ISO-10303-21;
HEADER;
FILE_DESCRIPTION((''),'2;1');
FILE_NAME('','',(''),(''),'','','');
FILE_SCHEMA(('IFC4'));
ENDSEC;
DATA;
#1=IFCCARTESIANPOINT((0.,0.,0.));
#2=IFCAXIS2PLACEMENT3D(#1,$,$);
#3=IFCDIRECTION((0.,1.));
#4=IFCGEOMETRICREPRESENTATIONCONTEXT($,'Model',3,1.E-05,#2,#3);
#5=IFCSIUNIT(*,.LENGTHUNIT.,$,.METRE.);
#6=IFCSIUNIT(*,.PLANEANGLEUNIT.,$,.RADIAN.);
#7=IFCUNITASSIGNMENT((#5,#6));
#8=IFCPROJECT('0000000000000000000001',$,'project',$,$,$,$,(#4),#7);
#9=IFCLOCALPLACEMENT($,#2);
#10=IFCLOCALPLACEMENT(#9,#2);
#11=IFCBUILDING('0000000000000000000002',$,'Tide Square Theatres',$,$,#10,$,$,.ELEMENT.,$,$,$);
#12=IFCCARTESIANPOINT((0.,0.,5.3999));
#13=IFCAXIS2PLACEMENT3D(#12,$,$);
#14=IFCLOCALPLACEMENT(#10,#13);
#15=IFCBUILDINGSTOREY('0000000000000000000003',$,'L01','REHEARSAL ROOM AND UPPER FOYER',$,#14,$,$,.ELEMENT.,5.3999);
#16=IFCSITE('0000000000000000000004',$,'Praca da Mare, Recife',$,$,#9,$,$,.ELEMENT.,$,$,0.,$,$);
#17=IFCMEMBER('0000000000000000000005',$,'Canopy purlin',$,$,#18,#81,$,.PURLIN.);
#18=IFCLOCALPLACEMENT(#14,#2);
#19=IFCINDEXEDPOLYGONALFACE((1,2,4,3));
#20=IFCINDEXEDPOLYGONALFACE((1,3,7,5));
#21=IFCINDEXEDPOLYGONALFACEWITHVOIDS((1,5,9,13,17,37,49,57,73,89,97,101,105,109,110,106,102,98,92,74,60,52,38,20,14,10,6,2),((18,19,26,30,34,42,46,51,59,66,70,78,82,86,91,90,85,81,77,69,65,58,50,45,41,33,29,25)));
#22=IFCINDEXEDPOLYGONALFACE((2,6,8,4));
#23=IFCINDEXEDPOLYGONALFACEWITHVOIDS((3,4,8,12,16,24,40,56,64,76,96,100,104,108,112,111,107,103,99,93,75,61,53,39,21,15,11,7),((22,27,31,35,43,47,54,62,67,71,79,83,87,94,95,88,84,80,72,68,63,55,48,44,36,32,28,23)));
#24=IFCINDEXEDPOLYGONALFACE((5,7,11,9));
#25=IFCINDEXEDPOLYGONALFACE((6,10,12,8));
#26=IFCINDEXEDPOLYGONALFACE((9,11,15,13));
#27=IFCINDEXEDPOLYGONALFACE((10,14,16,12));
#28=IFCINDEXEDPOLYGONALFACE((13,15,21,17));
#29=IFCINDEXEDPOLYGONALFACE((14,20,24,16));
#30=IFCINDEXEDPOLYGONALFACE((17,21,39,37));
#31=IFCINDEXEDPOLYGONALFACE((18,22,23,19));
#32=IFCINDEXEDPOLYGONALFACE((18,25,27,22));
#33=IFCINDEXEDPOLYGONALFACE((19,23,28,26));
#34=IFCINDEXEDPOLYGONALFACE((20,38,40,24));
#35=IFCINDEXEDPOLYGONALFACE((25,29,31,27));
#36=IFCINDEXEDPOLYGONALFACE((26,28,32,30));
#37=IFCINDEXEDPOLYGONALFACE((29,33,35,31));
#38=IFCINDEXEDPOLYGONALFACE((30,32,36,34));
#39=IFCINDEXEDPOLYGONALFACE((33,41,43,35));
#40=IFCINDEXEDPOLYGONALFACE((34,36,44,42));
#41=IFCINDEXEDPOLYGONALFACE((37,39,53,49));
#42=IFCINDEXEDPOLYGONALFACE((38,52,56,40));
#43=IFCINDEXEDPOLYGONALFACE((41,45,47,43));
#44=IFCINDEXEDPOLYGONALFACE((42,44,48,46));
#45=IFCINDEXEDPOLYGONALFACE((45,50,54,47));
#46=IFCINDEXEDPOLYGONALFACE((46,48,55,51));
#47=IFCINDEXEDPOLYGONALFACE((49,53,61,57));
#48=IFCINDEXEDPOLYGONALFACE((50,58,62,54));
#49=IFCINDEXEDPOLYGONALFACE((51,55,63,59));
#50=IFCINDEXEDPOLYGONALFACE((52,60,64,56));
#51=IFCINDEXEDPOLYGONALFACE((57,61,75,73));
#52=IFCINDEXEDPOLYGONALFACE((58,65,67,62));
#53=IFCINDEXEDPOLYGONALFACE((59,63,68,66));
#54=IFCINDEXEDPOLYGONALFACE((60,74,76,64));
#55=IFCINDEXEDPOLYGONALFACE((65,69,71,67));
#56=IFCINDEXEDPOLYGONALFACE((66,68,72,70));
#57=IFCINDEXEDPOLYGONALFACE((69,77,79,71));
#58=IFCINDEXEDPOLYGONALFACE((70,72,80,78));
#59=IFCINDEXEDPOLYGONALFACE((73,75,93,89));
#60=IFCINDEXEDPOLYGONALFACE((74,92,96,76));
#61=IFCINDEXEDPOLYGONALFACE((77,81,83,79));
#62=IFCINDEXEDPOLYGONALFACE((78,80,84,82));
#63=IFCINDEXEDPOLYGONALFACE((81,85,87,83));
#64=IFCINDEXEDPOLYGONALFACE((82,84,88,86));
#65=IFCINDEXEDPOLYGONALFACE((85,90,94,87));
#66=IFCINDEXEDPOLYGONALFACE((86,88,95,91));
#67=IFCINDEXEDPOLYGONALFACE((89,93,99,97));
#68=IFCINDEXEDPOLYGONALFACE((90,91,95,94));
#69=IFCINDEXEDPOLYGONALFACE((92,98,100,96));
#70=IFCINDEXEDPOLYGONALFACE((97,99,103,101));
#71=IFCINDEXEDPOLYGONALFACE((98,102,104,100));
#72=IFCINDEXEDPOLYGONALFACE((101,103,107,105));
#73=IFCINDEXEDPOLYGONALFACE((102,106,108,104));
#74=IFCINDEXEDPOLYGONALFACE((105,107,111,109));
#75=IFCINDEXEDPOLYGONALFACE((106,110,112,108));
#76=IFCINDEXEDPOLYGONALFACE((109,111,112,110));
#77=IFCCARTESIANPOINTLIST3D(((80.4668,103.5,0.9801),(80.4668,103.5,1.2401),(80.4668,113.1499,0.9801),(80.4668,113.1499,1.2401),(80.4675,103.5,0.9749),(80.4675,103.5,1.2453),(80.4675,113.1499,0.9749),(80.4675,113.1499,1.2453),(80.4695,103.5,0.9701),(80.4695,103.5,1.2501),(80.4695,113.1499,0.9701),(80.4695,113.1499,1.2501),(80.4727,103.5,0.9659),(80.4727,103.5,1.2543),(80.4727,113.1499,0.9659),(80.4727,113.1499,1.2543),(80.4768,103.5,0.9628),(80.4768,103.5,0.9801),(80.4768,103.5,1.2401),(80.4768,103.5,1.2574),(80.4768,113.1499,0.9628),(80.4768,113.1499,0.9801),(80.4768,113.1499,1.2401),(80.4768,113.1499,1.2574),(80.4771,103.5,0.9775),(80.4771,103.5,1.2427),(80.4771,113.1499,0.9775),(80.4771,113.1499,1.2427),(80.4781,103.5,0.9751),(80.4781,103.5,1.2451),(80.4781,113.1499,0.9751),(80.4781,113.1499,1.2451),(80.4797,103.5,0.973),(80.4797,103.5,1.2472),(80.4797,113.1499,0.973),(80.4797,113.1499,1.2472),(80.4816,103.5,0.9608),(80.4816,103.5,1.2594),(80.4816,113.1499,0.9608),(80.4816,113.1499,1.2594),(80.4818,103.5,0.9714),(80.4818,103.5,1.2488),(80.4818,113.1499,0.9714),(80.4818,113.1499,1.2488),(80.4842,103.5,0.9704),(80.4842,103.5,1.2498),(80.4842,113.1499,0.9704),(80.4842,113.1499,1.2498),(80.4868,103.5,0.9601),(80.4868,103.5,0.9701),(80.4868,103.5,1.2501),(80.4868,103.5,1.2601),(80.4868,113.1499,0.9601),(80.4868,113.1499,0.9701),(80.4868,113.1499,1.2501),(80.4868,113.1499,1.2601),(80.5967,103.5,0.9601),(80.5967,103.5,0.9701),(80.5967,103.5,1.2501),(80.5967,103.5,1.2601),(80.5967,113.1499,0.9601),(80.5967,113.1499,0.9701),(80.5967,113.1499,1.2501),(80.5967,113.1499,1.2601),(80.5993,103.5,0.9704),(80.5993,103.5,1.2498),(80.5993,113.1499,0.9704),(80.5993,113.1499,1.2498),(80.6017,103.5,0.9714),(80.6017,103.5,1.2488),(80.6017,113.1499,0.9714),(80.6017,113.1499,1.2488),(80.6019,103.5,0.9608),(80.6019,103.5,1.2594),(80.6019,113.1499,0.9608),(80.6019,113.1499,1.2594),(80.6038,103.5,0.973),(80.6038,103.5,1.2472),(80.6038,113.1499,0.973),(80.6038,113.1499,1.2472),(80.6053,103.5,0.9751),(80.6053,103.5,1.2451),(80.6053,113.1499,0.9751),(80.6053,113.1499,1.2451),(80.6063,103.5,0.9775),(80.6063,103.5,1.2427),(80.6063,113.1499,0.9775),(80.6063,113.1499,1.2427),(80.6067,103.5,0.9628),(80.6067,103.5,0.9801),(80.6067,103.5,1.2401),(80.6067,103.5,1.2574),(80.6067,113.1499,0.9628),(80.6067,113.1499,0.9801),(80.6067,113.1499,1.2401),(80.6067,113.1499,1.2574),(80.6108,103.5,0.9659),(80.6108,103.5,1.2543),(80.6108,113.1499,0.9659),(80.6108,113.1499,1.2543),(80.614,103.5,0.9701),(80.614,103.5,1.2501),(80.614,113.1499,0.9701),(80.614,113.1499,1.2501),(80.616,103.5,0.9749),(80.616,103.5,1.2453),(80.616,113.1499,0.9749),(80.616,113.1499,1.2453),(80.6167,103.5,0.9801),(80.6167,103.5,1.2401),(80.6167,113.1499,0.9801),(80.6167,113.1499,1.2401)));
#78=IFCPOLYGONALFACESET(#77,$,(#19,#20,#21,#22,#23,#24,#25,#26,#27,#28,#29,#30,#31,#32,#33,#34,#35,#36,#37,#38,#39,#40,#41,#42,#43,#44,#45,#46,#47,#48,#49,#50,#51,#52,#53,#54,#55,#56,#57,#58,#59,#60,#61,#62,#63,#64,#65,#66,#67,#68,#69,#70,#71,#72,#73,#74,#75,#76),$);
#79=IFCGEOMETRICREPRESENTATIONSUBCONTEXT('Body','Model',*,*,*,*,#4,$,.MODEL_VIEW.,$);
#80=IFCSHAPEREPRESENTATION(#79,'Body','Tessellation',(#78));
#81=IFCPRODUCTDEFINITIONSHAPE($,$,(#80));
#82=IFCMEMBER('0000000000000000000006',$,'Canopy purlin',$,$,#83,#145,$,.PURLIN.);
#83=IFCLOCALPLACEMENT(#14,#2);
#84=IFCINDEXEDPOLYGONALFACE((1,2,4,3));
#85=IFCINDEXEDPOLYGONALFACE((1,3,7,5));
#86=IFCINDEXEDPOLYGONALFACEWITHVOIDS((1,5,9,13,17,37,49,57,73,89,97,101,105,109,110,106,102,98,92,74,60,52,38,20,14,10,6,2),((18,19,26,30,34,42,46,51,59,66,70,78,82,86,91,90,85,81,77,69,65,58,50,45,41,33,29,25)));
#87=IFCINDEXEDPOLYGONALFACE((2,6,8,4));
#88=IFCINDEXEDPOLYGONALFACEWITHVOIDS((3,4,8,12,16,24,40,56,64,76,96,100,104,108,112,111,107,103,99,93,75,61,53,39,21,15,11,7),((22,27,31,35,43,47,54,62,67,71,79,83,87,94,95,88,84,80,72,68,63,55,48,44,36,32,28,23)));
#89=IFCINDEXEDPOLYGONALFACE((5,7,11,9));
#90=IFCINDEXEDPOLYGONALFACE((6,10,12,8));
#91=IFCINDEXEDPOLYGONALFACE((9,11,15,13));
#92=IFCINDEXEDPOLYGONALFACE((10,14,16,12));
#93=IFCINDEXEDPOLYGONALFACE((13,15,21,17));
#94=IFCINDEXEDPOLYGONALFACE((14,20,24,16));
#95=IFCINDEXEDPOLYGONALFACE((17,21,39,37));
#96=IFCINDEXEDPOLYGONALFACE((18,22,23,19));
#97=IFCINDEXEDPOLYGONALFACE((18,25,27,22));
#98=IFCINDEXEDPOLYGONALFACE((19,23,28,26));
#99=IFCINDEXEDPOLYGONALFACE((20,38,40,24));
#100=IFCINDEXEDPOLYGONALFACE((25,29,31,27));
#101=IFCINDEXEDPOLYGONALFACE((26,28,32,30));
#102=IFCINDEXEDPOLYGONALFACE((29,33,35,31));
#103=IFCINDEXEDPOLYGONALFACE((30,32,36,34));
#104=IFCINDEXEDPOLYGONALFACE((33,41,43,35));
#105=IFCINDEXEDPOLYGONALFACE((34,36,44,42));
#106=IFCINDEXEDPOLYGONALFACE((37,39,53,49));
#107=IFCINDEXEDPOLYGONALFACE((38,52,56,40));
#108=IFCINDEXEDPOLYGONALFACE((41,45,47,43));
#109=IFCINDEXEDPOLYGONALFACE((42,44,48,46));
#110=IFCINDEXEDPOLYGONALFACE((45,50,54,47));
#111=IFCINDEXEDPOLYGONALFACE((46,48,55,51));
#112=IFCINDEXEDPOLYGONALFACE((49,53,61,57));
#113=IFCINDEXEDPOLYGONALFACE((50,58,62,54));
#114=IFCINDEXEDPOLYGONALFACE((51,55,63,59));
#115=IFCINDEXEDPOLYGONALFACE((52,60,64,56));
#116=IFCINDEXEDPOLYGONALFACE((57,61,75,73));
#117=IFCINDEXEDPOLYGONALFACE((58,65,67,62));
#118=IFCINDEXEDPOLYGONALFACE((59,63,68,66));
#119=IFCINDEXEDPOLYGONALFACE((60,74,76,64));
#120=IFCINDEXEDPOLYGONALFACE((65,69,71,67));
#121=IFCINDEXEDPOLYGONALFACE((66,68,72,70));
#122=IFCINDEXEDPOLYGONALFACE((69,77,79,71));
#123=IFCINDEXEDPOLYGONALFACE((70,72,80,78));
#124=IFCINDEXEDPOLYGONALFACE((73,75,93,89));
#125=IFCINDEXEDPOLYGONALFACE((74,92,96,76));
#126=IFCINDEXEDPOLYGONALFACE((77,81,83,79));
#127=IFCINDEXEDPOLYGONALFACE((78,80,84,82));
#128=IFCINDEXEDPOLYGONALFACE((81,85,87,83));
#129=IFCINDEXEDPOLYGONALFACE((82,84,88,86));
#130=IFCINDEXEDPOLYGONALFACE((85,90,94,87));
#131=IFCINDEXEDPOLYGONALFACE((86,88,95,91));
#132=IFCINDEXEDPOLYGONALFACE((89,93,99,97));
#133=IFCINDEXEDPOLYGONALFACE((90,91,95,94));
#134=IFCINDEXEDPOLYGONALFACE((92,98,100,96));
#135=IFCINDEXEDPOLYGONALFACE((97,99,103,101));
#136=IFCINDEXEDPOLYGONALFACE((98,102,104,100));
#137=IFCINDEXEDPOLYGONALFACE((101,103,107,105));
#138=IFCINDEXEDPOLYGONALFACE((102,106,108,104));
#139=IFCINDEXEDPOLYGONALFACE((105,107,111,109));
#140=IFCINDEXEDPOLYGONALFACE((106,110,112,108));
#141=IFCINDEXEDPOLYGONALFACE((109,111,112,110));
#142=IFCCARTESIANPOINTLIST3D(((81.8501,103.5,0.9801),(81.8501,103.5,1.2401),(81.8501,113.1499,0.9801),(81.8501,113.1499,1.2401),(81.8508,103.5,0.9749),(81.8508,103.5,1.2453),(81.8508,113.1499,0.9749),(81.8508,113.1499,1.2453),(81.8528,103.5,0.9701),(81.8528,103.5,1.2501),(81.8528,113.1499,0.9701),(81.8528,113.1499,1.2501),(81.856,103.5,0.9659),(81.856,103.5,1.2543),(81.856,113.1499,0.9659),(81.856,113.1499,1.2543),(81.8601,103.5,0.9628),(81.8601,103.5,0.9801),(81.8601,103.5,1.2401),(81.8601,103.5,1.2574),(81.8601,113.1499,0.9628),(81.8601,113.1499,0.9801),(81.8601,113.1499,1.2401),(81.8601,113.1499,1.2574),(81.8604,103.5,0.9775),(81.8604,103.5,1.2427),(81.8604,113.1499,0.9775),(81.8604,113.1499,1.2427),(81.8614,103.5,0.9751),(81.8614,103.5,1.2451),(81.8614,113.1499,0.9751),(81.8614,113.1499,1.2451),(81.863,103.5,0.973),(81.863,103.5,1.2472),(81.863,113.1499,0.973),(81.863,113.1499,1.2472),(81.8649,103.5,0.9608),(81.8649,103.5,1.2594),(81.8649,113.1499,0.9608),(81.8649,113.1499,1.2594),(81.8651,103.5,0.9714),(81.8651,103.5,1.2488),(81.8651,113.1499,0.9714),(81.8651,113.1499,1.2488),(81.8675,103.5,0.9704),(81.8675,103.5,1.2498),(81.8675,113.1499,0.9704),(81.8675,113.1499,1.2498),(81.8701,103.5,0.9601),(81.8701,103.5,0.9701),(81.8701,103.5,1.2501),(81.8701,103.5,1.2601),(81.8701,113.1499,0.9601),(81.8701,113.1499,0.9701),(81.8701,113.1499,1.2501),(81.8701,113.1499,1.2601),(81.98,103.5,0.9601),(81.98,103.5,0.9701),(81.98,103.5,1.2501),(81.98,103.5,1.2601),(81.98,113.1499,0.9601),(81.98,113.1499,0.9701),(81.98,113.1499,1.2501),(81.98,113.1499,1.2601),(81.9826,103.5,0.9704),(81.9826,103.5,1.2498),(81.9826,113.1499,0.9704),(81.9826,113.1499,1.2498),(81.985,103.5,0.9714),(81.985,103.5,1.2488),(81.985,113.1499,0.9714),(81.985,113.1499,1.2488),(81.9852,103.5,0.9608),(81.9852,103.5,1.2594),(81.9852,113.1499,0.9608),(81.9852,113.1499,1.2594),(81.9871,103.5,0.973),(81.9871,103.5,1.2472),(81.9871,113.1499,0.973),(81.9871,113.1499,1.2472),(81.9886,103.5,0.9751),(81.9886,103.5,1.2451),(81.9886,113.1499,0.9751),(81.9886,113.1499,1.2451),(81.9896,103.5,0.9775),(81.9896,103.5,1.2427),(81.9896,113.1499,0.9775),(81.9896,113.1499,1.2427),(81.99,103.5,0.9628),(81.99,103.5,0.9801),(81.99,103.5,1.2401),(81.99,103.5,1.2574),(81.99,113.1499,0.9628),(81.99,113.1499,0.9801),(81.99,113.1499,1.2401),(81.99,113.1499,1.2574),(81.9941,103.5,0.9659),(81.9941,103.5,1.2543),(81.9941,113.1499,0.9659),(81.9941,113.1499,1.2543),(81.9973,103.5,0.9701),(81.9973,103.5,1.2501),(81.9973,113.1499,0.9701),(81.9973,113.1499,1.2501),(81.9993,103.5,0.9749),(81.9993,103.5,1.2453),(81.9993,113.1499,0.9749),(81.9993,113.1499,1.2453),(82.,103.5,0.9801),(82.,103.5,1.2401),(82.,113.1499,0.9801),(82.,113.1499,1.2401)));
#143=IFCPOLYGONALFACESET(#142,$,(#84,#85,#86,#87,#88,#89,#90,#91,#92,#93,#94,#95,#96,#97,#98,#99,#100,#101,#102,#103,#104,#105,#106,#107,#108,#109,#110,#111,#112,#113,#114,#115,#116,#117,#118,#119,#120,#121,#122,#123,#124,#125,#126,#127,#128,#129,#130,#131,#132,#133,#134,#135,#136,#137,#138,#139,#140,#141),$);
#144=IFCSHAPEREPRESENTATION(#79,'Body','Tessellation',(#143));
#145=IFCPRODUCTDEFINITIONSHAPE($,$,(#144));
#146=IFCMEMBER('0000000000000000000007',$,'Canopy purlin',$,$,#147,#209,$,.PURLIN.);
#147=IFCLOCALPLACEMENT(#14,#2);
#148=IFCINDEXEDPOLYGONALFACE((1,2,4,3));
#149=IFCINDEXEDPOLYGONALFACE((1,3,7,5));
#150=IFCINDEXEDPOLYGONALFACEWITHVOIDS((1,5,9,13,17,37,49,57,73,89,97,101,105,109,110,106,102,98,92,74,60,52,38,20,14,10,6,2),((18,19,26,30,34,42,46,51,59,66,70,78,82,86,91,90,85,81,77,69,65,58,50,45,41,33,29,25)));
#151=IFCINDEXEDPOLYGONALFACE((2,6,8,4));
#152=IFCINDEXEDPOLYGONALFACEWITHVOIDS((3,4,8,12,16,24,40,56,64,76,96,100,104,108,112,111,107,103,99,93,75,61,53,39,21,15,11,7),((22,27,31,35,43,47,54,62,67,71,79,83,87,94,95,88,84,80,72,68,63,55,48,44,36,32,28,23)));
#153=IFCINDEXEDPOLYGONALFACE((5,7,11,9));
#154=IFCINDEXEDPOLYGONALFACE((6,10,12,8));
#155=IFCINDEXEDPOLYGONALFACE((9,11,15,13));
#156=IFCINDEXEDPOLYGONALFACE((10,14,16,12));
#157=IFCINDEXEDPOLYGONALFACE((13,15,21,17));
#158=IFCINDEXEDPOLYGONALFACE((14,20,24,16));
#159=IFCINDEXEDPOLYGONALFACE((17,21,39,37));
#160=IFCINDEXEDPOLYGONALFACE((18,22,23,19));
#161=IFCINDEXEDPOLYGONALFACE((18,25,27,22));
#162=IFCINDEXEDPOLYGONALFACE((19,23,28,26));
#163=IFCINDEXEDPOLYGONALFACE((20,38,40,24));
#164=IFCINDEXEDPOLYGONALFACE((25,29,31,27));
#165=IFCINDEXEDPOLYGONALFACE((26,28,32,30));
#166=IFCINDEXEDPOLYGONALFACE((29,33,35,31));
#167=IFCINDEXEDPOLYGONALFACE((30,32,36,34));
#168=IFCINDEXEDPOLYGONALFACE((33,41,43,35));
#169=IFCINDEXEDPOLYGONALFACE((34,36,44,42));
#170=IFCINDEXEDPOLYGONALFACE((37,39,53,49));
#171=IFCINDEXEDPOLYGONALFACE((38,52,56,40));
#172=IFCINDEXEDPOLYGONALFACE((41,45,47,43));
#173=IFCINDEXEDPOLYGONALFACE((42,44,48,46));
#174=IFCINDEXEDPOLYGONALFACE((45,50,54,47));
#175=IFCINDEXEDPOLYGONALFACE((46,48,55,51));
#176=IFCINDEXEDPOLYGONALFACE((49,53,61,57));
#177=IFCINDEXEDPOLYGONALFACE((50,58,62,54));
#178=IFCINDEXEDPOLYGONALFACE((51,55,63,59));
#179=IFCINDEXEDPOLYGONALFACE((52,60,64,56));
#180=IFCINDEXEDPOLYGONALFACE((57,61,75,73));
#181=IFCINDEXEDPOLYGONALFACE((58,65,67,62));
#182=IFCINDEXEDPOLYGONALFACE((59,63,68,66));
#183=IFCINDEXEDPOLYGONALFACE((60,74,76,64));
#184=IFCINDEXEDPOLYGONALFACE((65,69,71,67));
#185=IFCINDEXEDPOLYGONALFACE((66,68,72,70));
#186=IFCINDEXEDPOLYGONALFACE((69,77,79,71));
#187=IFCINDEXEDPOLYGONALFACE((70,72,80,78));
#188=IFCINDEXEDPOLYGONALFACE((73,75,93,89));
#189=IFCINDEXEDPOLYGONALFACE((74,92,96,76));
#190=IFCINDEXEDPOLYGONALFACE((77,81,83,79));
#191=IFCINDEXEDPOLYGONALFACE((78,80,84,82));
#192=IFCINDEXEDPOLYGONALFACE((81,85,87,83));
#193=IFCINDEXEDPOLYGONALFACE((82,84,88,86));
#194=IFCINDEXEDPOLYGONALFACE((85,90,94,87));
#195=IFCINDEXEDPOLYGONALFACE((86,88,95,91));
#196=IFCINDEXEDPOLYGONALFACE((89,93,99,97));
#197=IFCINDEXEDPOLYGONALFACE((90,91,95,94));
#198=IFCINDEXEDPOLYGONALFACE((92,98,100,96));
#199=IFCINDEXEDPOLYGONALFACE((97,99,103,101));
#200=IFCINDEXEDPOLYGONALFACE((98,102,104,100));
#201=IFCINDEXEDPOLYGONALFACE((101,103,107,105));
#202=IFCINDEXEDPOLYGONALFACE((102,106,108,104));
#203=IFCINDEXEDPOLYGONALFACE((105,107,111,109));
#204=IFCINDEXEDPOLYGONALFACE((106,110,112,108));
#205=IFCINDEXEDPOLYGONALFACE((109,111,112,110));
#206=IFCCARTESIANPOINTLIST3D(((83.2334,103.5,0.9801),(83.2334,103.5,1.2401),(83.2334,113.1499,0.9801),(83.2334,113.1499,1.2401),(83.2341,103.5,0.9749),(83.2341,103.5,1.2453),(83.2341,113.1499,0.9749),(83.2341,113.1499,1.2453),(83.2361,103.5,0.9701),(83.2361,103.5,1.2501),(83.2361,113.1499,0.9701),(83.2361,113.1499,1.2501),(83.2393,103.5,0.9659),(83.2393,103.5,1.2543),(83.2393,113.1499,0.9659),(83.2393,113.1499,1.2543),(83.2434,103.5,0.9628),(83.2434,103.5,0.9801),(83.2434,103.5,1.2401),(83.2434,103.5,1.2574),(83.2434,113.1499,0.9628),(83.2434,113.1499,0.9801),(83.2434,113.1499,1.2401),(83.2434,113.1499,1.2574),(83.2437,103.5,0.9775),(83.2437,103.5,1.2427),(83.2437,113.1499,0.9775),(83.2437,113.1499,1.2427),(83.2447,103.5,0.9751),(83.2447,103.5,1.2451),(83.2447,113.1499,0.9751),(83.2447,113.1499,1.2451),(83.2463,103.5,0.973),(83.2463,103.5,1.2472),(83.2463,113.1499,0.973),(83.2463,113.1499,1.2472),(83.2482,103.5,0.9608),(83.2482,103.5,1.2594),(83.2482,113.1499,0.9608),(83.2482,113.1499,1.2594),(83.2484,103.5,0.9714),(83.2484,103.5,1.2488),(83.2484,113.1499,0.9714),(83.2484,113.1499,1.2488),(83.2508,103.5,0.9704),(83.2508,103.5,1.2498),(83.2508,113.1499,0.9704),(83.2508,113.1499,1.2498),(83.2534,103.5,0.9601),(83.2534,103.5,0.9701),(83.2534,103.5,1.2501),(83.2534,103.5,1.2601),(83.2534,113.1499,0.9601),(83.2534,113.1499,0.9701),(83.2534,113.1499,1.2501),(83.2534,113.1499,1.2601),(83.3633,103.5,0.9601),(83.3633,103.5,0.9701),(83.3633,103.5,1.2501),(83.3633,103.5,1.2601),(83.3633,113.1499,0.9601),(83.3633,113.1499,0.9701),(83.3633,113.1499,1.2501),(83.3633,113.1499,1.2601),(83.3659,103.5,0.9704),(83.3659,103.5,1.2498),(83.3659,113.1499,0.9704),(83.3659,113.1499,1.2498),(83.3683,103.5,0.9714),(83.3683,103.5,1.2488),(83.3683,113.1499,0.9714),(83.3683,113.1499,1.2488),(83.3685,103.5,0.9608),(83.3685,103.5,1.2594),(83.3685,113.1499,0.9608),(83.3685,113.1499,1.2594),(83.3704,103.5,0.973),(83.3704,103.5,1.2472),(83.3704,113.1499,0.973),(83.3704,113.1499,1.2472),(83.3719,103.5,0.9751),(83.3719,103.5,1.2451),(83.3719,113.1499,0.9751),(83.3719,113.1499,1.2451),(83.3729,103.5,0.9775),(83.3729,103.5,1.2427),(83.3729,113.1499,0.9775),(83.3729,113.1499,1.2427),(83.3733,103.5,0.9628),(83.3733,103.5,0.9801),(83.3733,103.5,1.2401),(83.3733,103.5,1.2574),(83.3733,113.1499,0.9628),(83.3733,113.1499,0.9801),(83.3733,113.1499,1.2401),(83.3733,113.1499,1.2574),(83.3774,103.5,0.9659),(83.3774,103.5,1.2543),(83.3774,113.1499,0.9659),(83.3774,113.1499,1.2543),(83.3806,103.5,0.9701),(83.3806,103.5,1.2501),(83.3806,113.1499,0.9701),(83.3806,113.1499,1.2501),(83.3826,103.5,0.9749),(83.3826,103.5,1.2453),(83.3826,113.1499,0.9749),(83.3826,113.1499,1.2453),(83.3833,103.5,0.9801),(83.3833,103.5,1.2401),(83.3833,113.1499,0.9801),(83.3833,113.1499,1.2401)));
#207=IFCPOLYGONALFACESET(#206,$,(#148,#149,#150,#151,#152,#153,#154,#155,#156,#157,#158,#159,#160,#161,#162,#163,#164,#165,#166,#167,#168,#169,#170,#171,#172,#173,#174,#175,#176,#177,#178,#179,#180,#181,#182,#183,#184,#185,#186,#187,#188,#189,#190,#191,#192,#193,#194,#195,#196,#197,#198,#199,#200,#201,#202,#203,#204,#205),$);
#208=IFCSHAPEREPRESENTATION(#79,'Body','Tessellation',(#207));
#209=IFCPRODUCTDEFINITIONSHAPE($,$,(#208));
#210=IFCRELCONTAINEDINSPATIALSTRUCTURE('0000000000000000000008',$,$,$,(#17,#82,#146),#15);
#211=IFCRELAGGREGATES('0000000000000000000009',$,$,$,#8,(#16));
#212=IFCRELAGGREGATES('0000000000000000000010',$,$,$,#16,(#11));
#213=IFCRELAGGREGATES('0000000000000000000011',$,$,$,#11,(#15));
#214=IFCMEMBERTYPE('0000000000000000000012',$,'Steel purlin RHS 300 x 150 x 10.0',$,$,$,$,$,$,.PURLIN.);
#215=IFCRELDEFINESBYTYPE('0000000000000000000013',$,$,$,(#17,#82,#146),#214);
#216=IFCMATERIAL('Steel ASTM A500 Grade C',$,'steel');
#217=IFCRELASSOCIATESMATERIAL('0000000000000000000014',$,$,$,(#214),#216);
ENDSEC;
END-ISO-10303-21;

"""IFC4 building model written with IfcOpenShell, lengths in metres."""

from ifc_helpers import new_model, si_unit, direction, frame, origin, origin_2d, place, context, subcontext, project, spatial, hollow_rectangle, extrude, material, material_profile, profile_set, type_object, element, save


model = new_model("IFC4")

# Units and contexts
model_context = context("Model", 3, precision=1e-05, world=origin(), true_north=direction((0.0, 1.0)))
body_context = subcontext(model_context, "Body", "Model", "MODEL_VIEW")
ifc_project = project(units=[si_unit("LENGTHUNIT", "METRE"), si_unit("PLANEANGLEUNIT", "RADIAN")], contexts=[model_context])

# Site, building, storey
site_placement = place(None, origin())
site = spatial("IfcSite", under=ifc_project, at=site_placement, Name="Praca da Mare, Recife", CompositionType="ELEMENT", RefElevation=0.0)
building_placement = place(site_placement, origin())
building = spatial("IfcBuilding", under=site, at=building_placement, Name="Tide Square Theatres", CompositionType="ELEMENT")
storey_placement = place(building_placement, frame((0.0, 0.0, 5.3999)))
storey = spatial("IfcBuildingStorey", under=building, at=storey_placement, Name="L01", Description="REHEARSAL ROOM AND UPPER FOYER", CompositionType="ELEMENT", Elevation=5.3999)

# Members
ifc_material_1 = material(Name="Steel ASTM A500 Grade C", Category="steel")
ifc_material_profile_1 = material_profile(ifc_material_1, hollow_rectangle(XDim=0.1499, YDim=0.3, WallThickness=0.01, InnerFilletRadius=0.01, OuterFilletRadius=0.02, at=origin_2d()))
ifc_profile_set_1 = profile_set([ifc_material_profile_1], Name="Steel ASTM A500 Grade C")
member_type = type_object("IfcMemberType", Name="Steel purlin RHS 300 x 150 x 10.0", PredefinedType="PURLIN", material=ifc_profile_set_1)
for number, where, z_axis, x_axis, name in (
    (1, (80.5417, 103.5, 1.1101), (0.0, 1.0, 0.0), (-1.0, 0.0, 0.0), "Canopy purlin"),
    (2, (81.925, 103.5, 1.1101), (0.0, 1.0, 0.0), (-1.0, 0.0, 0.0), "Canopy purlin"),
    (3, (83.3083, 103.5, 1.1101), (0.0, 1.0, 0.0), (-1.0, 0.0, 0.0), "Canopy purlin"),
):
    element("IfcMember", number, at=place(storey_placement, frame(where, z_axis=z_axis, x_axis=x_axis)), inside=storey, type_object=member_type, Name=name, PredefinedType="PURLIN", context=body_context, shape_type="SweptSolid", body=[
        extrude(hollow_rectangle(XDim=0.1499, YDim=0.3, WallThickness=0.01, InnerFilletRadius=0.01, OuterFilletRadius=0.02, at=origin_2d()), origin(), (0.0, 0.0, 1.0), 9.6499),
    ])

save(model, "model.ifc")
